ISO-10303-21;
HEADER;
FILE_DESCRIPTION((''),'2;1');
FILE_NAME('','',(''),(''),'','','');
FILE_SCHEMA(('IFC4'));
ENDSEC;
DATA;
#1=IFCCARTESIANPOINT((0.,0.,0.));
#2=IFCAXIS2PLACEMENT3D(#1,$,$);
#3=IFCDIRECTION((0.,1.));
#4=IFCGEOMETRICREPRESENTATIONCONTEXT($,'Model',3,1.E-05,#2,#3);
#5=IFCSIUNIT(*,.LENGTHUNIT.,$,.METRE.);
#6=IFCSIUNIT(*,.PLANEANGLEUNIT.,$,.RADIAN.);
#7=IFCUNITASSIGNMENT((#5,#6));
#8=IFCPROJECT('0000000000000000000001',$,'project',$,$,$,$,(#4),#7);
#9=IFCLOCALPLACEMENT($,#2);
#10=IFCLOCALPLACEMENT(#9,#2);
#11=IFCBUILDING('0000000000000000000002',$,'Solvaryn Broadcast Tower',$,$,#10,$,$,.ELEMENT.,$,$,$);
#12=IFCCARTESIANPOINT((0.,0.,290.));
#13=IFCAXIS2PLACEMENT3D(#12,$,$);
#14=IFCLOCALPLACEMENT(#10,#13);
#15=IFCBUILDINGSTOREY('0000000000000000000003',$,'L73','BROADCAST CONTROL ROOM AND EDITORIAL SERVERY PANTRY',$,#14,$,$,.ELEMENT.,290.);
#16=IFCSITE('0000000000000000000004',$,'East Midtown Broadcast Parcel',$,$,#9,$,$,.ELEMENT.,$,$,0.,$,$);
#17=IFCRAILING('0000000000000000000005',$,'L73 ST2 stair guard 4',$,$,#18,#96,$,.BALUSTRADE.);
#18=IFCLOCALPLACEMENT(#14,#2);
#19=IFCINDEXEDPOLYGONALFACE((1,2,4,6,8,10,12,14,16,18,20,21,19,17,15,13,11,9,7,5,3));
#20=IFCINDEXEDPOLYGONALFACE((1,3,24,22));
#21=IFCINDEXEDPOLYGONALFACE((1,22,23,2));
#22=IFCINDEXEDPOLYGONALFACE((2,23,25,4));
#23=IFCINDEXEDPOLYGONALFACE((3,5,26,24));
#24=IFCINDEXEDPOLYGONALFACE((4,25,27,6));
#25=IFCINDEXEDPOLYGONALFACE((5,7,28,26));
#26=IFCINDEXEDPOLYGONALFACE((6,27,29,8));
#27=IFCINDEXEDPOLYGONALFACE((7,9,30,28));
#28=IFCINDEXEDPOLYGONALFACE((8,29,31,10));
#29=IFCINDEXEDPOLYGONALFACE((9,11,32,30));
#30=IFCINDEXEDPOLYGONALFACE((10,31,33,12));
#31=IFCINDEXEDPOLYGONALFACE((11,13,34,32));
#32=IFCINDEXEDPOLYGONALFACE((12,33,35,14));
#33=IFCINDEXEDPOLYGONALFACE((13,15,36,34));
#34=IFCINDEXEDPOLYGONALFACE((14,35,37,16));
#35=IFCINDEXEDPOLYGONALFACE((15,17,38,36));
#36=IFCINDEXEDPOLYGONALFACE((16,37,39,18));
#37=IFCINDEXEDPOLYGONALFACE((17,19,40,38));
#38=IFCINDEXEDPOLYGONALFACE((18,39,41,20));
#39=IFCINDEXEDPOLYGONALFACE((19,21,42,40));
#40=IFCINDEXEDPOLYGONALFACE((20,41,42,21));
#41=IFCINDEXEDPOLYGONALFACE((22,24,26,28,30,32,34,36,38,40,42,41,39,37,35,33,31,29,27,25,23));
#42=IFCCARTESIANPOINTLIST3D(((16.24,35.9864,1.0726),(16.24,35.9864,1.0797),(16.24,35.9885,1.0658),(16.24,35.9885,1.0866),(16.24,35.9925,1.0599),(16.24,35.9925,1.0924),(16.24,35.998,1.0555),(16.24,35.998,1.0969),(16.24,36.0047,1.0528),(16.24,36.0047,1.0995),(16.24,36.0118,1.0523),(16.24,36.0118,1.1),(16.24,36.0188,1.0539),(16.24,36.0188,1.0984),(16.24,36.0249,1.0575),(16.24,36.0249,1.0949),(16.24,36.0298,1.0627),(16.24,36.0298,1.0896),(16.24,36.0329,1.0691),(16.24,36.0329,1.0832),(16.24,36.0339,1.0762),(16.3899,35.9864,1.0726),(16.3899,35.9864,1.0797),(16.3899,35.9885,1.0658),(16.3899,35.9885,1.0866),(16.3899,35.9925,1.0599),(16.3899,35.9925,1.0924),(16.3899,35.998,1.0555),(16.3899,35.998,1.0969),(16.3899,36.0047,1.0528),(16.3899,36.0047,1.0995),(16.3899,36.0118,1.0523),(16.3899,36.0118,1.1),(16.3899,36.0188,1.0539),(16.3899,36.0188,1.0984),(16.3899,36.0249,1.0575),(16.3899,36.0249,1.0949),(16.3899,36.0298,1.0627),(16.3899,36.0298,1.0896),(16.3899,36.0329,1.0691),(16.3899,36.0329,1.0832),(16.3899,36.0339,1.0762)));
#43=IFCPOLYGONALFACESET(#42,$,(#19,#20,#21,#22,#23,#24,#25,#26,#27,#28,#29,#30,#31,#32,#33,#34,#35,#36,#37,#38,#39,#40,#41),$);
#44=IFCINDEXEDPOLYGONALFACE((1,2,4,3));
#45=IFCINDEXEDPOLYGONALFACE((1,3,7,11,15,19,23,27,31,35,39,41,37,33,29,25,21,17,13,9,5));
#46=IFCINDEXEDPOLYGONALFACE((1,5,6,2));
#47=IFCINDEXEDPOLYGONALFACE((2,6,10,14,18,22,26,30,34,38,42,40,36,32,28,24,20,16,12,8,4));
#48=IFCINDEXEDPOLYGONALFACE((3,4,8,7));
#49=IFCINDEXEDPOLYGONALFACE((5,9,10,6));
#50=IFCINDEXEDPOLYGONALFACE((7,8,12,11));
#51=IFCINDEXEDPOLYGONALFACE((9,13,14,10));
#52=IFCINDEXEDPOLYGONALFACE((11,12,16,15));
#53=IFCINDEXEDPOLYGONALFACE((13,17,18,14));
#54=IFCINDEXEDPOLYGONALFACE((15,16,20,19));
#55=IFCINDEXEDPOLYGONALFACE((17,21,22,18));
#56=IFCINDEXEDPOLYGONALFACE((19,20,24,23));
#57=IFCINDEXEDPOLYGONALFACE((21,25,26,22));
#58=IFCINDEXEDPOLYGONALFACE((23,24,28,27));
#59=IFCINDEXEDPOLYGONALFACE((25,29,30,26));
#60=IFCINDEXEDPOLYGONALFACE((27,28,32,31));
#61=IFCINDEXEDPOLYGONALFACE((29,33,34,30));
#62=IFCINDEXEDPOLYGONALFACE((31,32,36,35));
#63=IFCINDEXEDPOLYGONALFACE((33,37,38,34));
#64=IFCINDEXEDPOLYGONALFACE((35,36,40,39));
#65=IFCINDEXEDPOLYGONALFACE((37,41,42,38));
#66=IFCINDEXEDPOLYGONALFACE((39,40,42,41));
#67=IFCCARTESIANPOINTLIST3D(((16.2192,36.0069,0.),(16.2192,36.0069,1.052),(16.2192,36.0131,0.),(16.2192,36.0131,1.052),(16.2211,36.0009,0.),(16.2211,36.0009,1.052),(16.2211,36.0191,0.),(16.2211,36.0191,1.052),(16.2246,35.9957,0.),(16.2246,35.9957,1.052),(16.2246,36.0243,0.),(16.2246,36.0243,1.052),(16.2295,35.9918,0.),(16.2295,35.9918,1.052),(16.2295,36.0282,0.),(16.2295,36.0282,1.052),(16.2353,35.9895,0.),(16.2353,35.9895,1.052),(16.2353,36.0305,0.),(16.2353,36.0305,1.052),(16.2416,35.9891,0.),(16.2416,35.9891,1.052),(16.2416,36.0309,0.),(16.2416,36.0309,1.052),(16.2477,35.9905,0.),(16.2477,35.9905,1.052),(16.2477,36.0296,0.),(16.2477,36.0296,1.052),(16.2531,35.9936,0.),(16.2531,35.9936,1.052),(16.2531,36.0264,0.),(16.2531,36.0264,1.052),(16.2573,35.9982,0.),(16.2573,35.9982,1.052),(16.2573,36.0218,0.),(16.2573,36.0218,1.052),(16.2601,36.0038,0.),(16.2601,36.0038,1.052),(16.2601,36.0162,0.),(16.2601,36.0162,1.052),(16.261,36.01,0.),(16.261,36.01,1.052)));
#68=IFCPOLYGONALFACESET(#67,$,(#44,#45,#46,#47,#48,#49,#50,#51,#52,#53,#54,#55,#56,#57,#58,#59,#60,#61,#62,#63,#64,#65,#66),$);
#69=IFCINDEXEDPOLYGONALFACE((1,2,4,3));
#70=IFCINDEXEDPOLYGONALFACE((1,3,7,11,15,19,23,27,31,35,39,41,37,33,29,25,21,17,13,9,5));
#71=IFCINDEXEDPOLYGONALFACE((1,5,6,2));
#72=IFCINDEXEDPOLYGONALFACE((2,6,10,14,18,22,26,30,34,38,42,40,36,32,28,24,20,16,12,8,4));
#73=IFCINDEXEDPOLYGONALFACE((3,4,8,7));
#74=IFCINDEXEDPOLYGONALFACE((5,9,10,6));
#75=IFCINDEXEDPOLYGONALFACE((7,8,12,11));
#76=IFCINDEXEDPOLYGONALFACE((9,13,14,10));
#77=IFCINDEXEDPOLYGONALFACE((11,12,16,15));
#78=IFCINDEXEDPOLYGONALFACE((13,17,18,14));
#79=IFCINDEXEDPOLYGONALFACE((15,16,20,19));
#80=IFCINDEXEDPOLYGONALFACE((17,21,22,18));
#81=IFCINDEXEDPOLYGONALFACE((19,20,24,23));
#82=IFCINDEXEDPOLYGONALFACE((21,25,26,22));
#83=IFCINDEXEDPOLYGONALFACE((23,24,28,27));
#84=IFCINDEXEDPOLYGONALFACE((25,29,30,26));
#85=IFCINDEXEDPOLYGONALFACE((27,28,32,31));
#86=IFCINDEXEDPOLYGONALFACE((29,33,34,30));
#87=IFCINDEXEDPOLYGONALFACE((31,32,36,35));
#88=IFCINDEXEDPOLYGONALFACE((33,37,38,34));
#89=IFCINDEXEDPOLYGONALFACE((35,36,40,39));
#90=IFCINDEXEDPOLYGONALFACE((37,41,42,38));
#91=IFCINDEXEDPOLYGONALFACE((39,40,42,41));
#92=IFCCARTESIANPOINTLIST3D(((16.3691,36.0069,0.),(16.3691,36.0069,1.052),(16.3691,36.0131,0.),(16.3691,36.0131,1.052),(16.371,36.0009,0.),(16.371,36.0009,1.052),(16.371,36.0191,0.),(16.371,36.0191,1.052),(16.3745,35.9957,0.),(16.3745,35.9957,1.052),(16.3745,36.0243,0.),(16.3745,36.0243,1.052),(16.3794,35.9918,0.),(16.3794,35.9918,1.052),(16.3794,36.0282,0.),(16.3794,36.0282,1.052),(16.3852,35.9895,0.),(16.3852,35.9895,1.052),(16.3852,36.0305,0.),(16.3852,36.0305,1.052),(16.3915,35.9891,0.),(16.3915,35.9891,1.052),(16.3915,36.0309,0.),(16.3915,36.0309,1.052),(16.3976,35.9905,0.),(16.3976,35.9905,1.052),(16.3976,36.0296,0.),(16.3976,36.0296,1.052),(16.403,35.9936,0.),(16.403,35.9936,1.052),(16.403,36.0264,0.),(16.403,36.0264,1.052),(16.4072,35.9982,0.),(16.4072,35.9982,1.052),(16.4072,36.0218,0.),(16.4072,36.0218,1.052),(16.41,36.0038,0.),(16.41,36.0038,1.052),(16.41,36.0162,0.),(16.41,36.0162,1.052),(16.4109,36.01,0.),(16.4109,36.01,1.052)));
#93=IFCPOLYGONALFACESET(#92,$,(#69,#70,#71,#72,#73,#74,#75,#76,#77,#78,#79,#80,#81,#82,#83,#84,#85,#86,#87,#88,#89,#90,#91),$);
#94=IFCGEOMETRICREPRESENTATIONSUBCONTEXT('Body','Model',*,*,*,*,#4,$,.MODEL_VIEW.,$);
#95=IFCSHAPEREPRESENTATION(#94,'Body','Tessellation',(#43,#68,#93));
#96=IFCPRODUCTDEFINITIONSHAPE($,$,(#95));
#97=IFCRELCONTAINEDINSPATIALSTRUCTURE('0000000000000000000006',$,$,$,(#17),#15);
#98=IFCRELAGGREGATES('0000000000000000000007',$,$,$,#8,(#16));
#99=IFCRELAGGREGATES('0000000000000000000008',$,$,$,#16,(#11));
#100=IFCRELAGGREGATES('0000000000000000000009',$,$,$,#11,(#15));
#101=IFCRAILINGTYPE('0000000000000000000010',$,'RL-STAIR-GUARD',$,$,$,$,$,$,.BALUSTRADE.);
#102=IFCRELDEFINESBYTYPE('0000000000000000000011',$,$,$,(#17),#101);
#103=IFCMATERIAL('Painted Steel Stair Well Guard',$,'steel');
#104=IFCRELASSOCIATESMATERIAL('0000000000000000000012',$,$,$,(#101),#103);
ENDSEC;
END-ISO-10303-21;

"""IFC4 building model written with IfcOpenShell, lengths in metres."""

from ifc_helpers import new_model, si_unit, direction, frame, origin, origin_2d, place, context, subcontext, project, spatial, circle, extrude, material, type_object, element, save


model = new_model("IFC4")

# Units and contexts
model_context = context("Model", 3, precision=1e-05, world=origin(), true_north=direction((0.0, 1.0)))
body_context = subcontext(model_context, "Body", "Model", "MODEL_VIEW")
ifc_project = project(units=[si_unit("LENGTHUNIT", "METRE"), si_unit("PLANEANGLEUNIT", "RADIAN")], contexts=[model_context])

# Site, building, storey
site_placement = place(None, origin())
site = spatial("IfcSite", under=ifc_project, at=site_placement, Name="East Midtown Broadcast Parcel", CompositionType="ELEMENT", RefElevation=0.0)
building_placement = place(site_placement, origin())
building = spatial("IfcBuilding", under=site, at=building_placement, Name="Solvaryn Broadcast Tower", CompositionType="ELEMENT")
storey_placement = place(building_placement, frame((0.0, 0.0, 290.0)))
storey = spatial("IfcBuildingStorey", under=building, at=storey_placement, Name="L73", Description="BROADCAST CONTROL ROOM AND EDITORIAL SERVERY PANTRY", CompositionType="ELEMENT", Elevation=290.0)

# Railing
ifc_material_1 = material(Name="Painted Steel Stair Well Guard", Category="steel")
railing_type_1 = type_object("IfcRailingType", Name="RL-STAIR-GUARD", PredefinedType="BALUSTRADE", material=ifc_material_1)
railing_1_placement = place(storey_placement, frame((16.24, 36.01, 0.0)))
element("IfcRailing", 1, at=railing_1_placement, inside=storey, type_object=railing_type_1, Name="L73 ST2 stair guard 4", PredefinedType="BALUSTRADE", context=body_context, shape_type="SweptSolid", body=[
    extrude(circle(Radius=0.0239, at=origin_2d()), frame((0.0, 0.0, 1.0762), z_axis=(1.0, 0.0, 0.0), x_axis=(0.0, 1.0, 0.0)), (0.0, 0.0, 1.0), 0.1499),
    extrude(circle(Radius=0.021, at=origin_2d()), origin(), (0.0, 0.0, 1.0), 1.052),
    extrude(circle(Radius=0.021, at=origin_2d()), frame((0.1499, 0.0, 0.0)), (0.0, 0.0, 1.0), 1.052),
])

save(model, "model.ifc")
